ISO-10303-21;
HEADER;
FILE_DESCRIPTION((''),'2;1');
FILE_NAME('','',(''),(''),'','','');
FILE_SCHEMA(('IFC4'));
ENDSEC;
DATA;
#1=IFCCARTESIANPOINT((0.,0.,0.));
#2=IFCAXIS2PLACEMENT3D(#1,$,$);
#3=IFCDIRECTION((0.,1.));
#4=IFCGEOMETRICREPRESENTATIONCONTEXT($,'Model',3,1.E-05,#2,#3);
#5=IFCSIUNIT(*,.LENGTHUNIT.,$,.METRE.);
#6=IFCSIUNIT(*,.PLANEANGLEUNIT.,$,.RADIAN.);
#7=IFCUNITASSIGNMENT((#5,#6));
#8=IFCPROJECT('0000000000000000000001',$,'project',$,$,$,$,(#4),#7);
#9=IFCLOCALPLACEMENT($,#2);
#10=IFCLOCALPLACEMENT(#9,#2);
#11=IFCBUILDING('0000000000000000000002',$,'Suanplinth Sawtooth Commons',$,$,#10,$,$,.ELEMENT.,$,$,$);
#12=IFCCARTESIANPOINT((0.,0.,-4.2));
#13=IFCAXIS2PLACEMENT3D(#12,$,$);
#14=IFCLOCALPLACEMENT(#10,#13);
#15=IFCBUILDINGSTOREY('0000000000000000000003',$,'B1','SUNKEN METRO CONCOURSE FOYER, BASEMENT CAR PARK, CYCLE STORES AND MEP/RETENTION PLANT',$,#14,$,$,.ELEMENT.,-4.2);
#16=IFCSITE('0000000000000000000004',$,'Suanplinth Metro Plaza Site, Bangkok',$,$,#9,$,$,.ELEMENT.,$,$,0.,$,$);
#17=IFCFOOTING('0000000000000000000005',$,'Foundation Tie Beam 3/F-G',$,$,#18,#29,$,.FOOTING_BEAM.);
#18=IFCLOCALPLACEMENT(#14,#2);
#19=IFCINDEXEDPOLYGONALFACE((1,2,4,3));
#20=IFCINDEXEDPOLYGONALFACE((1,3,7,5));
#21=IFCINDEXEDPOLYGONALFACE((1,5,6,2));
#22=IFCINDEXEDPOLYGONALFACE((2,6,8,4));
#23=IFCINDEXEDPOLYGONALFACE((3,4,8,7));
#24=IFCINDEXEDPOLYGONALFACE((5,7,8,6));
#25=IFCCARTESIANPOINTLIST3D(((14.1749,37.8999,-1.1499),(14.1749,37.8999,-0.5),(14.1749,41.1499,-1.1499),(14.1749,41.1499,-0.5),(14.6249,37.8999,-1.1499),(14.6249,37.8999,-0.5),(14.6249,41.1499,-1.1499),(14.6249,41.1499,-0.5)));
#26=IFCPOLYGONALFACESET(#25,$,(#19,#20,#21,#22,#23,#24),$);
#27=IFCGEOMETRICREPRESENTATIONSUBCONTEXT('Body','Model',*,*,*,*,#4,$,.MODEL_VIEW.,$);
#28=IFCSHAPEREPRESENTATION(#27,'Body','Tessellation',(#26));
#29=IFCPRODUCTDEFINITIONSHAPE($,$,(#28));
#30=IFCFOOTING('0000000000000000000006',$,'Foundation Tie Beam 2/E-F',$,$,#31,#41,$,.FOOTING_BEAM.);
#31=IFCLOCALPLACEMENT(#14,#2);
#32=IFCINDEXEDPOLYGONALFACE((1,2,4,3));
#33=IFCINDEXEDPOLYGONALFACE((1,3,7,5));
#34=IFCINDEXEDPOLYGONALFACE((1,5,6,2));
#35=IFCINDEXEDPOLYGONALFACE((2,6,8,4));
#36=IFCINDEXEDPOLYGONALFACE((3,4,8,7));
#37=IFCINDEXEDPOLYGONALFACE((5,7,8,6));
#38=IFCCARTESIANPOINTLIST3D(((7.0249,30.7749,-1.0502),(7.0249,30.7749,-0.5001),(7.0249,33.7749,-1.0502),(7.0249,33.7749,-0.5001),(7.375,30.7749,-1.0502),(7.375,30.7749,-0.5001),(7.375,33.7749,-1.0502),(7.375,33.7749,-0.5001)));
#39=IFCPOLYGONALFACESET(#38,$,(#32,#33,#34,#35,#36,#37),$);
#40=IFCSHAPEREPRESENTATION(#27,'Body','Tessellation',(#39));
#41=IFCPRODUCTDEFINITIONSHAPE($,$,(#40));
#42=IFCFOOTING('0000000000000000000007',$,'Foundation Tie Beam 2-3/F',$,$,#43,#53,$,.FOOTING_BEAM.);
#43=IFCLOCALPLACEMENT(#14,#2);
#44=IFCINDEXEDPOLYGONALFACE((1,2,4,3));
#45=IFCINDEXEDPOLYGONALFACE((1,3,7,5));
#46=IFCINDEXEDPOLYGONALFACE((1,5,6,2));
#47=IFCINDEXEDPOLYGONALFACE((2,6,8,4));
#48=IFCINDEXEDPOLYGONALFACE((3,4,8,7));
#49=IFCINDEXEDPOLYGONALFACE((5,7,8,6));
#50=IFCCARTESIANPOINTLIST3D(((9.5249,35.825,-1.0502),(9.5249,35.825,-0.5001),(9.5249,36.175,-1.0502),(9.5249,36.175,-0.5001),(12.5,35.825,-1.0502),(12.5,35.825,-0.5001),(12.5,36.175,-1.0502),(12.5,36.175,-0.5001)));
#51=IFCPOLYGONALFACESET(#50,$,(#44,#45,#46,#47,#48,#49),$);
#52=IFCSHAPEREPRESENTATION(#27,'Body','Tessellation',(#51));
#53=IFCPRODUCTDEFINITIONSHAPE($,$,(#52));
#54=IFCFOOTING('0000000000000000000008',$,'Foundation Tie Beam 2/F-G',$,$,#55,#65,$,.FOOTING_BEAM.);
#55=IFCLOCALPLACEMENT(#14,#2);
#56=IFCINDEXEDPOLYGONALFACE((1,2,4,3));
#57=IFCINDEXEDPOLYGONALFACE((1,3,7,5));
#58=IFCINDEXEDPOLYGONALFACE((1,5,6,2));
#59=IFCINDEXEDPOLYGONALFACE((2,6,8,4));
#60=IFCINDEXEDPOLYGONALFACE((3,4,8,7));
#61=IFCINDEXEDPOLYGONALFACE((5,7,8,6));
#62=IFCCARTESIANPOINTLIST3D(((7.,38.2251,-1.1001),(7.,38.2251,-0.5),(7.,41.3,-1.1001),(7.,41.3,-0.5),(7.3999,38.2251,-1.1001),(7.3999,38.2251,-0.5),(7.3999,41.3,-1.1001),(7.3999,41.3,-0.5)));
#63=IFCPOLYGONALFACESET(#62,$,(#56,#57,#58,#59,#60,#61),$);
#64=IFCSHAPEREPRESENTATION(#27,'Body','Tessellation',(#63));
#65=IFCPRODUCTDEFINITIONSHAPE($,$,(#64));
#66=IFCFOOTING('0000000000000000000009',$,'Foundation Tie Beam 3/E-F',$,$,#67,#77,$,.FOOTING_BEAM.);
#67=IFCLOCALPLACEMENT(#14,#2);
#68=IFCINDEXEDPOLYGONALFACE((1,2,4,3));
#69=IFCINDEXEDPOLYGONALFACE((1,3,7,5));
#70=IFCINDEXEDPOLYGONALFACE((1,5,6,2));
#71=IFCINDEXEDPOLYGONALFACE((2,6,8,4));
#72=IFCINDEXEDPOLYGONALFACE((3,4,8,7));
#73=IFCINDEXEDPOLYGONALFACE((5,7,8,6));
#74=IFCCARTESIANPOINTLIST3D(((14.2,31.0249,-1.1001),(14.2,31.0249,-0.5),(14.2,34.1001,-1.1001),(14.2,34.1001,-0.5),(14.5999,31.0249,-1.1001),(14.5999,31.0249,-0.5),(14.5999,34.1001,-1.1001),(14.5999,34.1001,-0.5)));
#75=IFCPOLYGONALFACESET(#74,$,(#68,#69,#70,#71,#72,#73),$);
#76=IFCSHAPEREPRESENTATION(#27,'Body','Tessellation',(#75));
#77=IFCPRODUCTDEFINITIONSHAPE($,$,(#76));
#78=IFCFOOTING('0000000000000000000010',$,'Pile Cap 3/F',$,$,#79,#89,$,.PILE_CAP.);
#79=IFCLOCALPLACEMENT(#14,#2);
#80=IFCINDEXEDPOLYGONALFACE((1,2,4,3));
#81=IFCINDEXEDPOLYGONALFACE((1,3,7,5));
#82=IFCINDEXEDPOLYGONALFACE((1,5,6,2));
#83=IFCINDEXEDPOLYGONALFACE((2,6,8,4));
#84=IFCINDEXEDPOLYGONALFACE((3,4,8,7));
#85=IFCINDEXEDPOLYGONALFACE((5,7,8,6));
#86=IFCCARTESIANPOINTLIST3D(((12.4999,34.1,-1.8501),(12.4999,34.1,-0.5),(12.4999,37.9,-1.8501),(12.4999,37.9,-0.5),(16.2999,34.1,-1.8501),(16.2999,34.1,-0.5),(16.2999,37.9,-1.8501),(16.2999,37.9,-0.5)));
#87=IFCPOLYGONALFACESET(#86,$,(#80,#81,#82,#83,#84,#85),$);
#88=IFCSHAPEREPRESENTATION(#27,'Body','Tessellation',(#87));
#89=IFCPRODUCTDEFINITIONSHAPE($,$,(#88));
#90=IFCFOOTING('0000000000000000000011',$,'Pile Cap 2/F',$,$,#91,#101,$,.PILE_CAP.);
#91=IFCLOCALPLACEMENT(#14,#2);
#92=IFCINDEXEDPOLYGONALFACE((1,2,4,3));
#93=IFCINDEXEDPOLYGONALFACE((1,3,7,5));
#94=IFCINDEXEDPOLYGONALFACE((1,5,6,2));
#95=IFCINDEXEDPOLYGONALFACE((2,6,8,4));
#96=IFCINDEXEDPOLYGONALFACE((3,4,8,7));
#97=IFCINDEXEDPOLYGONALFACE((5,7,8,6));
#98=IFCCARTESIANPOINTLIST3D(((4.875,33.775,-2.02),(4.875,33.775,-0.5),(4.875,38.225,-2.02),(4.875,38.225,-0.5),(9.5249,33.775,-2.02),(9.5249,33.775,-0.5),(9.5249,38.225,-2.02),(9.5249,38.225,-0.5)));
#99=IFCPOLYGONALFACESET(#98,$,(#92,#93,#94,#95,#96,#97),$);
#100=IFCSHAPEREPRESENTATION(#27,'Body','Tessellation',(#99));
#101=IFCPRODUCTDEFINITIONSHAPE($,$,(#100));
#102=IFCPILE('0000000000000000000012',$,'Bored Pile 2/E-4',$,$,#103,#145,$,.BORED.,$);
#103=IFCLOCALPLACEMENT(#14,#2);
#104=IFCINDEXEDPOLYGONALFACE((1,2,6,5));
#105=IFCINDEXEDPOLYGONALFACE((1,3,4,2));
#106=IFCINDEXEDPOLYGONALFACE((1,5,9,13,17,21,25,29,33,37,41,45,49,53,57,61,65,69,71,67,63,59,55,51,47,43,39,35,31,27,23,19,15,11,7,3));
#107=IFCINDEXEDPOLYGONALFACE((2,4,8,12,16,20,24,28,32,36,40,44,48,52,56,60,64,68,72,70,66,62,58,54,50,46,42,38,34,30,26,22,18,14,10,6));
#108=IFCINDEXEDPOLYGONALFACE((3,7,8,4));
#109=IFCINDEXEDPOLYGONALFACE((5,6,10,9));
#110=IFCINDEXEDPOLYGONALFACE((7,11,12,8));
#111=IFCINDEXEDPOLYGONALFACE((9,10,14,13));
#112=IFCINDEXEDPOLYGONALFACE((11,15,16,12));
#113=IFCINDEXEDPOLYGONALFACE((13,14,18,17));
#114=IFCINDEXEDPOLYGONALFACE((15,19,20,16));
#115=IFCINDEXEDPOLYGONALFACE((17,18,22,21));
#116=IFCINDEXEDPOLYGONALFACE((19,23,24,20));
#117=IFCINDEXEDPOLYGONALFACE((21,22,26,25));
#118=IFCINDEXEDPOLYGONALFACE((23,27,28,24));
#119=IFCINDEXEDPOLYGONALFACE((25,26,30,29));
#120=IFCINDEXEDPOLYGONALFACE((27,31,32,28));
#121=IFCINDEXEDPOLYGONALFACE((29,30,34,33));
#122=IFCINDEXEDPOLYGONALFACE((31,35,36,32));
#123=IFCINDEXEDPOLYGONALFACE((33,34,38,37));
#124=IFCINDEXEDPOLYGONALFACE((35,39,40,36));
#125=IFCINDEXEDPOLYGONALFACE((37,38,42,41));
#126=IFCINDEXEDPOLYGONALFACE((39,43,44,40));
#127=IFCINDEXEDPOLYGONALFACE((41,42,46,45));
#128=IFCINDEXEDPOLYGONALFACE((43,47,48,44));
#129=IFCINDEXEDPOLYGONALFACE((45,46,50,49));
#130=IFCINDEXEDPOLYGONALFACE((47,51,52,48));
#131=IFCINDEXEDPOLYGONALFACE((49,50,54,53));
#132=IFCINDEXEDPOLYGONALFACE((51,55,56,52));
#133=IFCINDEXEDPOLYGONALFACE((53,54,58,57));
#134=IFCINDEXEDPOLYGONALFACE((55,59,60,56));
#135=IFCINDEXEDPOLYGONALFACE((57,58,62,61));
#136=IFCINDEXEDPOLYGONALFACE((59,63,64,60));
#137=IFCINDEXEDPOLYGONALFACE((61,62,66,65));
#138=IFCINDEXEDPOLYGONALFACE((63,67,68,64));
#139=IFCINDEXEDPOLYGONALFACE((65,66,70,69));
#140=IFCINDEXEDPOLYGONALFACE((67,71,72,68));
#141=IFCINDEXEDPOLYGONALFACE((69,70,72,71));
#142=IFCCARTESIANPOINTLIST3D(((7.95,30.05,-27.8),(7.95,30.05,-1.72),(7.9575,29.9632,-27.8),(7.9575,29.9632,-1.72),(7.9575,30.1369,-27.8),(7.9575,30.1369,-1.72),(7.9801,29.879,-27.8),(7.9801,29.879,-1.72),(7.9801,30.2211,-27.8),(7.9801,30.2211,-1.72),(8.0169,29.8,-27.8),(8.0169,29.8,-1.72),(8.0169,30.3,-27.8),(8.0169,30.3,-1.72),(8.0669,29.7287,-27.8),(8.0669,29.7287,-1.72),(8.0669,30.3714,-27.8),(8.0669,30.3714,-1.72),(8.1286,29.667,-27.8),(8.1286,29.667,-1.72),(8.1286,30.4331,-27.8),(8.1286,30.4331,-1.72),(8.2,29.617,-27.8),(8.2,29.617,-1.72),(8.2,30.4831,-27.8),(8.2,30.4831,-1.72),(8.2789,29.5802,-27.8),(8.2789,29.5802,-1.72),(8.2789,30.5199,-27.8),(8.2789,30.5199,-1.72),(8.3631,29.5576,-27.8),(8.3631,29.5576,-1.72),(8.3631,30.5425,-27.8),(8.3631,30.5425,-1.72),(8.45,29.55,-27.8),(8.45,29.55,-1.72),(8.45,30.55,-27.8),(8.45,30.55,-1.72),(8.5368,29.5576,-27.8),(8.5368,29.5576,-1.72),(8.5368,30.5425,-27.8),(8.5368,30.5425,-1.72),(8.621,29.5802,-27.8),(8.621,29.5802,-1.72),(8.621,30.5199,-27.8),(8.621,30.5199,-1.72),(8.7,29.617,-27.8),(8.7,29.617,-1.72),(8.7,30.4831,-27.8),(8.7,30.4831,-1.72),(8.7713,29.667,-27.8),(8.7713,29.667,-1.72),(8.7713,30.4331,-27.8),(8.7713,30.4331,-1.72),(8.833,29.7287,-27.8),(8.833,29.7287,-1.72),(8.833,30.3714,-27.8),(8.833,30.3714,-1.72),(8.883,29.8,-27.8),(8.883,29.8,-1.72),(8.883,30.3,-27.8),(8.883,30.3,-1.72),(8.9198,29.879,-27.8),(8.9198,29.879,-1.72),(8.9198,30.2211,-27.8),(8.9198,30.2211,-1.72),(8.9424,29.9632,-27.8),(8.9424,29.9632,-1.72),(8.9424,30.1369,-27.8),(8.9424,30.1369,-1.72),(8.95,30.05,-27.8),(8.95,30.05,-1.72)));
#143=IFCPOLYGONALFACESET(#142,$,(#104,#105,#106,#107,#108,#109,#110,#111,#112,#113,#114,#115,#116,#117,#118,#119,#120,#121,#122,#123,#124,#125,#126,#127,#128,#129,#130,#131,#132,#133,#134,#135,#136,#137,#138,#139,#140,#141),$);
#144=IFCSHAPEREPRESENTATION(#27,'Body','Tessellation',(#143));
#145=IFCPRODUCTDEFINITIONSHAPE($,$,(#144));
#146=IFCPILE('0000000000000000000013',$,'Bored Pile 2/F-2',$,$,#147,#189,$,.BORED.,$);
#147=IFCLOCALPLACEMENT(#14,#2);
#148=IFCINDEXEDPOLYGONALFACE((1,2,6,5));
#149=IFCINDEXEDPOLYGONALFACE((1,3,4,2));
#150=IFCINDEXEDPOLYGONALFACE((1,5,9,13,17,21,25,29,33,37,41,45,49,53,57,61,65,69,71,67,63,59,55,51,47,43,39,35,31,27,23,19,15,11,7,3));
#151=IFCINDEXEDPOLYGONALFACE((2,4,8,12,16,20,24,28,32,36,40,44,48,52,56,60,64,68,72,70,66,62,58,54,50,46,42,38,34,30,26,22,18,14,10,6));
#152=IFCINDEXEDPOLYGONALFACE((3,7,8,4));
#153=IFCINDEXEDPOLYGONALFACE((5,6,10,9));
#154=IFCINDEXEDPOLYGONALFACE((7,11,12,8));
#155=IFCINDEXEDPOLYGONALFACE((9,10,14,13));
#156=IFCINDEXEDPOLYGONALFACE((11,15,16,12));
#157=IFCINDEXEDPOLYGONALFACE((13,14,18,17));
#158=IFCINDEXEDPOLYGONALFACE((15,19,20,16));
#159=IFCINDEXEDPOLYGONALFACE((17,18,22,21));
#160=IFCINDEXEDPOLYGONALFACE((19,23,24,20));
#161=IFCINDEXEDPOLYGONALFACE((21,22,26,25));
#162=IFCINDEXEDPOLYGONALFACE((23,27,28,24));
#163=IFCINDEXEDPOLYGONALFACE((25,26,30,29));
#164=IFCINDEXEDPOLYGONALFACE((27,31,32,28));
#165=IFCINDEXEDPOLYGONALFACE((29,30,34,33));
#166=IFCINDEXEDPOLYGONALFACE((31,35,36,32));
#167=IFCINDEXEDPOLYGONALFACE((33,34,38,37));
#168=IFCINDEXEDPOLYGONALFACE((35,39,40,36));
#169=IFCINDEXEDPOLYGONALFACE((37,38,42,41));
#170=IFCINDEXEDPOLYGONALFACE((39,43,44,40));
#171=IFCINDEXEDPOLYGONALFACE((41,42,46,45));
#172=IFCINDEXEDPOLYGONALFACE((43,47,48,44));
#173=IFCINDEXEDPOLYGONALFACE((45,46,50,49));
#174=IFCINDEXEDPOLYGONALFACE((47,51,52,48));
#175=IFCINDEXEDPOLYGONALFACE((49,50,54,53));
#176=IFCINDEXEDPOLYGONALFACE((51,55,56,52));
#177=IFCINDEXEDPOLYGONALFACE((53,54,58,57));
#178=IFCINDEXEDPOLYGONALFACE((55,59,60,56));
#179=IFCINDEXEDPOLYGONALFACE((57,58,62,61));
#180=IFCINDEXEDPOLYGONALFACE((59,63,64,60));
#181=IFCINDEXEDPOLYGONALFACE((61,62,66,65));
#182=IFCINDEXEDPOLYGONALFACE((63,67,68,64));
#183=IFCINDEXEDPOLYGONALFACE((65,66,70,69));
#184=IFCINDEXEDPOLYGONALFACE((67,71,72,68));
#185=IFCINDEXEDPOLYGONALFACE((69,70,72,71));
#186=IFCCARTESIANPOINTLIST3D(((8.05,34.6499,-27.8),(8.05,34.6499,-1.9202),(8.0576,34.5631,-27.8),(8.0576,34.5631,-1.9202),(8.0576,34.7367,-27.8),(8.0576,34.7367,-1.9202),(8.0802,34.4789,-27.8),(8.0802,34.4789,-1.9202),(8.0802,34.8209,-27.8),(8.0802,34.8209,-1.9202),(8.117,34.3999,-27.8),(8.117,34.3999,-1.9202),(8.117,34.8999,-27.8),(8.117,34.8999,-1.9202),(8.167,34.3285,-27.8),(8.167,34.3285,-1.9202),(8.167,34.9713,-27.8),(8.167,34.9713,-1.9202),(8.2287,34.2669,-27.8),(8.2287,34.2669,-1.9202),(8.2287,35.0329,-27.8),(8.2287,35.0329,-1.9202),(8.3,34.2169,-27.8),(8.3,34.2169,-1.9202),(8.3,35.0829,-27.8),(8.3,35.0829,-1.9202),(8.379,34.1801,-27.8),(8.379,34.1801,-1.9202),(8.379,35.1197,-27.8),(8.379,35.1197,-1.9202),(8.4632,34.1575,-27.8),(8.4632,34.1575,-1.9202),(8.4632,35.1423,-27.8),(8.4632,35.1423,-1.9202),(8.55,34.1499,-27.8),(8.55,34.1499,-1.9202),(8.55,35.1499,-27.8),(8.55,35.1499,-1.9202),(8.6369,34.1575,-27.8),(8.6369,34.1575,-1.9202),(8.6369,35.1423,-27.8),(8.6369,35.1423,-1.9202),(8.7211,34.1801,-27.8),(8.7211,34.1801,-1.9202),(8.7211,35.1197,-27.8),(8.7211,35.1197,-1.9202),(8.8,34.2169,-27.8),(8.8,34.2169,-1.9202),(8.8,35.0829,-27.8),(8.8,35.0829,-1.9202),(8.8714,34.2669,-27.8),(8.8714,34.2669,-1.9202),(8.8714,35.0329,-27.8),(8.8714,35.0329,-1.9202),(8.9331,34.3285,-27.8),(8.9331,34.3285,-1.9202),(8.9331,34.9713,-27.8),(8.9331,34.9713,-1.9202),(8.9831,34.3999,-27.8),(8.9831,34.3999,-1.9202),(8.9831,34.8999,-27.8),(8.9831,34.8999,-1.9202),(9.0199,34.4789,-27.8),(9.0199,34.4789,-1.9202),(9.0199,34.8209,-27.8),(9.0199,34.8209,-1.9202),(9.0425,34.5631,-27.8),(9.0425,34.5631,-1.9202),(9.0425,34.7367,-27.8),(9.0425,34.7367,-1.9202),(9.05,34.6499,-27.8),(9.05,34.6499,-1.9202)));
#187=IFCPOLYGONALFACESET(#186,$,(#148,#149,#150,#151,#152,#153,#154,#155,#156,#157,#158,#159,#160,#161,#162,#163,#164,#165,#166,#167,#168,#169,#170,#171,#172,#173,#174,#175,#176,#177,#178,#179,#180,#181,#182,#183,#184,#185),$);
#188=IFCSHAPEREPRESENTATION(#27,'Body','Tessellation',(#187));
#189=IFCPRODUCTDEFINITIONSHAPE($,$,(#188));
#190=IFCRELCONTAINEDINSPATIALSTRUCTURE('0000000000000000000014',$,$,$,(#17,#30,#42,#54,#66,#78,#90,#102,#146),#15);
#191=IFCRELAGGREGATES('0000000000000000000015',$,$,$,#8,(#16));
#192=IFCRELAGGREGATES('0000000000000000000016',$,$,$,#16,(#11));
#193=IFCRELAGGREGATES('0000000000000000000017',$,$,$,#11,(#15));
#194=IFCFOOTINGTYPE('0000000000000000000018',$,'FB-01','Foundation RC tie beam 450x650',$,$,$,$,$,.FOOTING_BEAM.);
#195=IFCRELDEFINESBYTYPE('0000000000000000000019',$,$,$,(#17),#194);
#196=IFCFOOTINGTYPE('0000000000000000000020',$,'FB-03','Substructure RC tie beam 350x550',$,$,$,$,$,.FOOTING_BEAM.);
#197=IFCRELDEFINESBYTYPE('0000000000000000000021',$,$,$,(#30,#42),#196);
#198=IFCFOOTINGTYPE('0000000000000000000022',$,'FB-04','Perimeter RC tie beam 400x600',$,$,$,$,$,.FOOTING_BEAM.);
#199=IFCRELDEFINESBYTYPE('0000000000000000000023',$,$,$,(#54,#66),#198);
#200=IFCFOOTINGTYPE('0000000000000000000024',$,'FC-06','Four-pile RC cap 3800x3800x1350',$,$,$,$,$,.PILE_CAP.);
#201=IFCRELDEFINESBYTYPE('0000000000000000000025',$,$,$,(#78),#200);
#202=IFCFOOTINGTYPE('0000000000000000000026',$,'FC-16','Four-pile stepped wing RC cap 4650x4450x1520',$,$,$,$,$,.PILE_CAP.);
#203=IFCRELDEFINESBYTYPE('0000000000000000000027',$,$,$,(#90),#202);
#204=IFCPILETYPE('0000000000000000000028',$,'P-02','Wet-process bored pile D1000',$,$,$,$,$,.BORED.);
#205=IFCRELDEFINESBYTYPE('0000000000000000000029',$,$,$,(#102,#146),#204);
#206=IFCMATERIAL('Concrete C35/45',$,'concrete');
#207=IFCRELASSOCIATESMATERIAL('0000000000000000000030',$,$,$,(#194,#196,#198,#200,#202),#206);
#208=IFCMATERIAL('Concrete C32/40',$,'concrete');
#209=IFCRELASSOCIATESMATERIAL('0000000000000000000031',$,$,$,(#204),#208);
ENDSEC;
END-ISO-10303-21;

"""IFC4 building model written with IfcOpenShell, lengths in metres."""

from ifc_helpers import new_model, si_unit, direction, frame, origin, origin_2d, place, context, subcontext, project, spatial, rectangle, circle, extrude, material, material_profile, profile_set, type_object, element, save


model = new_model("IFC4")

# Units and contexts
model_context = context("Model", 3, precision=1e-05, world=origin(), true_north=direction((0.0, 1.0)))
body_context = subcontext(model_context, "Body", "Model", "MODEL_VIEW")
ifc_project = project(units=[si_unit("LENGTHUNIT", "METRE"), si_unit("PLANEANGLEUNIT", "RADIAN")], contexts=[model_context])

# Site, building, storey
site_placement = place(None, origin())
site = spatial("IfcSite", under=ifc_project, at=site_placement, Name="Suanplinth Metro Plaza Site, Bangkok", CompositionType="ELEMENT", RefElevation=0.0)
building_placement = place(site_placement, origin())
building = spatial("IfcBuilding", under=site, at=building_placement, Name="Suanplinth Sawtooth Commons", CompositionType="ELEMENT")
storey_placement = place(building_placement, frame((0.0, 0.0, -4.2)))
storey = spatial("IfcBuildingStorey", under=building, at=storey_placement, Name="B1", Description="SUNKEN METRO CONCOURSE FOYER, BASEMENT CAR PARK, CYCLE STORES AND MEP/RETENTION PLANT", CompositionType="ELEMENT", Elevation=-4.2)

# Footings
ifc_material_1 = material(Name="Concrete C35/45", Category="concrete")
ifc_material_profile_1 = material_profile(ifc_material_1, rectangle(XDim=0.45, YDim=0.6499, at=origin_2d()), Name="PC-GDR 450x650")
ifc_profile_set_1 = profile_set([ifc_material_profile_1], Name="Concrete C35/45")
footing_type_1 = type_object("IfcFootingType", Name="FB-01", Description="Foundation RC tie beam 450x650", PredefinedType="FOOTING_BEAM", material=ifc_profile_set_1)
footing_1_placement = place(storey_placement, frame((14.3999, 37.8999, -0.825), z_axis=(0.0, 1.0, 0.0), x_axis=(-1.0, 0.0, 0.0)))
element("IfcFooting", 1, at=footing_1_placement, inside=storey, type_object=footing_type_1, Name="Foundation Tie Beam 3/F-G", PredefinedType="FOOTING_BEAM", context=body_context, shape_type="SweptSolid", body=[
    extrude(rectangle(XDim=0.45, YDim=0.6499, at=origin_2d()), origin(), (0.0, 0.0, 1.0), 3.25),
])
ifc_material_profile_2 = material_profile(ifc_material_1, rectangle(XDim=0.3501, YDim=0.55, at=origin_2d()), Name="PC-BM 350x550")
ifc_profile_set_2 = profile_set([ifc_material_profile_2], Name="Concrete C35/45")
footing_type_2 = type_object("IfcFootingType", Name="FB-03", Description="Substructure RC tie beam 350x550", PredefinedType="FOOTING_BEAM", material=ifc_profile_set_2)
footing_2_placement = place(storey_placement, frame((7.2, 30.7749, -0.7751), z_axis=(0.0, 1.0, 0.0), x_axis=(-1.0, 0.0, 0.0)))
element("IfcFooting", 2, at=footing_2_placement, inside=storey, type_object=footing_type_2, Name="Foundation Tie Beam 2/E-F", PredefinedType="FOOTING_BEAM", context=body_context, shape_type="SweptSolid", body=[
    extrude(rectangle(XDim=0.3501, YDim=0.55, at=origin_2d()), origin(), (0.0, 0.0, 1.0), 3.0),
])
footing_3_placement = place(storey_placement, frame((9.5249, 36.0, -0.7751), z_axis=(1.0, 0.0, 0.0), x_axis=(0.0, 1.0, 0.0)))
element("IfcFooting", 3, at=footing_3_placement, inside=storey, type_object=footing_type_2, Name="Foundation Tie Beam 2-3/F", PredefinedType="FOOTING_BEAM", context=body_context, shape_type="SweptSolid", body=[
    extrude(rectangle(XDim=0.3501, YDim=0.55, at=origin_2d()), origin(), (0.0, 0.0, 1.0), 2.9751),
])
ifc_material_profile_3 = material_profile(ifc_material_1, rectangle(XDim=0.3999, YDim=0.6001, at=origin_2d()), Name="PC-GDR 400x600")
ifc_profile_set_3 = profile_set([ifc_material_profile_3], Name="Concrete C35/45")
footing_type_3 = type_object("IfcFootingType", Name="FB-04", Description="Perimeter RC tie beam 400x600", PredefinedType="FOOTING_BEAM", material=ifc_profile_set_3)
footing_4_placement = place(storey_placement, frame((7.2, 38.2251, -0.8), z_axis=(0.0, 1.0, 0.0), x_axis=(-1.0, 0.0, 0.0)))
element("IfcFooting", 4, at=footing_4_placement, inside=storey, type_object=footing_type_3, Name="Foundation Tie Beam 2/F-G", PredefinedType="FOOTING_BEAM", context=body_context, shape_type="SweptSolid", body=[
    extrude(rectangle(XDim=0.3999, YDim=0.6001, at=origin_2d()), origin(), (0.0, 0.0, 1.0), 3.075),
])
footing_5_placement = place(storey_placement, frame((14.3999, 31.0249, -0.8), z_axis=(0.0, 1.0, 0.0), x_axis=(-1.0, 0.0, 0.0)))
element("IfcFooting", 5, at=footing_5_placement, inside=storey, type_object=footing_type_3, Name="Foundation Tie Beam 3/E-F", PredefinedType="FOOTING_BEAM", context=body_context, shape_type="SweptSolid", body=[
    extrude(rectangle(XDim=0.3999, YDim=0.6001, at=origin_2d()), origin(), (0.0, 0.0, 1.0), 3.0752),
])
footing_type_4 = type_object("IfcFootingType", Name="FC-06", Description="Four-pile RC cap 3800x3800x1350", PredefinedType="PILE_CAP", material=ifc_material_1)
footing_6_placement = place(storey_placement, frame((14.3999, 36.0, -1.8501), z_axis=(0.0, 0.0, 1.0), x_axis=(1.0, 0.0, 0.0)))
element("IfcFooting", 6, at=footing_6_placement, inside=storey, type_object=footing_type_4, Name="Pile Cap 3/F", PredefinedType="PILE_CAP", context=body_context, shape_type="SweptSolid", body=[
    extrude(rectangle(XDim=3.8, YDim=3.8, at=origin_2d()), origin(), (0.0, 0.0, 1.0), 1.3501),
])
footing_type_5 = type_object("IfcFootingType", Name="FC-16", Description="Four-pile stepped wing RC cap 4650x4450x1520", PredefinedType="PILE_CAP", material=ifc_material_1)
footing_7_placement = place(storey_placement, frame((7.2, 36.0, -2.02), z_axis=(0.0, 0.0, 1.0), x_axis=(1.0, 0.0, 0.0)))
element("IfcFooting", 7, at=footing_7_placement, inside=storey, type_object=footing_type_5, Name="Pile Cap 2/F", PredefinedType="PILE_CAP", context=body_context, shape_type="SweptSolid", body=[
    extrude(rectangle(XDim=4.6499, YDim=4.45, at=origin_2d()), origin(), (0.0, 0.0, 1.0), 1.52),
])

# Piles
ifc_material_2 = material(Name="Concrete C32/40", Category="concrete")
ifc_material_profile_4 = material_profile(ifc_material_2, circle(Radius=0.5, at=origin_2d()), Name="PILE D1000")
ifc_profile_set_4 = profile_set([ifc_material_profile_4], Name="Concrete C32/40")
pile_type = type_object("IfcPileType", Name="P-02", Description="Wet-process bored pile D1000", PredefinedType="BORED", material=ifc_profile_set_4)
pile_1_placement = place(storey_placement, frame((8.45, 30.05, -1.72), z_axis=(0.0, 0.0, -1.0), x_axis=(1.0, 0.0, 0.0)))
element("IfcPile", 8, at=pile_1_placement, inside=storey, type_object=pile_type, Name="Bored Pile 2/E-4", PredefinedType="BORED", context=body_context, shape_type="SweptSolid", body=[
    extrude(circle(Radius=0.5, at=origin_2d()), origin(), (0.0, 0.0, 1.0), 26.0801),
])
for number, where, z_axis, x_axis, name in (
    (9, (8.55, 34.6499, -1.9202), (0.0, 0.0, -1.0), (1.0, 0.0, 0.0), "Bored Pile 2/F-2"),
):
    element("IfcPile", number, at=place(storey_placement, frame(where, z_axis=z_axis, x_axis=x_axis)), inside=storey, type_object=pile_type, Name=name, PredefinedType="BORED", context=body_context, shape_type="SweptSolid", body=[
        extrude(circle(Radius=0.5, at=origin_2d()), origin(), (0.0, 0.0, 1.0), 25.8799),
    ])

save(model, "model.ifc")
